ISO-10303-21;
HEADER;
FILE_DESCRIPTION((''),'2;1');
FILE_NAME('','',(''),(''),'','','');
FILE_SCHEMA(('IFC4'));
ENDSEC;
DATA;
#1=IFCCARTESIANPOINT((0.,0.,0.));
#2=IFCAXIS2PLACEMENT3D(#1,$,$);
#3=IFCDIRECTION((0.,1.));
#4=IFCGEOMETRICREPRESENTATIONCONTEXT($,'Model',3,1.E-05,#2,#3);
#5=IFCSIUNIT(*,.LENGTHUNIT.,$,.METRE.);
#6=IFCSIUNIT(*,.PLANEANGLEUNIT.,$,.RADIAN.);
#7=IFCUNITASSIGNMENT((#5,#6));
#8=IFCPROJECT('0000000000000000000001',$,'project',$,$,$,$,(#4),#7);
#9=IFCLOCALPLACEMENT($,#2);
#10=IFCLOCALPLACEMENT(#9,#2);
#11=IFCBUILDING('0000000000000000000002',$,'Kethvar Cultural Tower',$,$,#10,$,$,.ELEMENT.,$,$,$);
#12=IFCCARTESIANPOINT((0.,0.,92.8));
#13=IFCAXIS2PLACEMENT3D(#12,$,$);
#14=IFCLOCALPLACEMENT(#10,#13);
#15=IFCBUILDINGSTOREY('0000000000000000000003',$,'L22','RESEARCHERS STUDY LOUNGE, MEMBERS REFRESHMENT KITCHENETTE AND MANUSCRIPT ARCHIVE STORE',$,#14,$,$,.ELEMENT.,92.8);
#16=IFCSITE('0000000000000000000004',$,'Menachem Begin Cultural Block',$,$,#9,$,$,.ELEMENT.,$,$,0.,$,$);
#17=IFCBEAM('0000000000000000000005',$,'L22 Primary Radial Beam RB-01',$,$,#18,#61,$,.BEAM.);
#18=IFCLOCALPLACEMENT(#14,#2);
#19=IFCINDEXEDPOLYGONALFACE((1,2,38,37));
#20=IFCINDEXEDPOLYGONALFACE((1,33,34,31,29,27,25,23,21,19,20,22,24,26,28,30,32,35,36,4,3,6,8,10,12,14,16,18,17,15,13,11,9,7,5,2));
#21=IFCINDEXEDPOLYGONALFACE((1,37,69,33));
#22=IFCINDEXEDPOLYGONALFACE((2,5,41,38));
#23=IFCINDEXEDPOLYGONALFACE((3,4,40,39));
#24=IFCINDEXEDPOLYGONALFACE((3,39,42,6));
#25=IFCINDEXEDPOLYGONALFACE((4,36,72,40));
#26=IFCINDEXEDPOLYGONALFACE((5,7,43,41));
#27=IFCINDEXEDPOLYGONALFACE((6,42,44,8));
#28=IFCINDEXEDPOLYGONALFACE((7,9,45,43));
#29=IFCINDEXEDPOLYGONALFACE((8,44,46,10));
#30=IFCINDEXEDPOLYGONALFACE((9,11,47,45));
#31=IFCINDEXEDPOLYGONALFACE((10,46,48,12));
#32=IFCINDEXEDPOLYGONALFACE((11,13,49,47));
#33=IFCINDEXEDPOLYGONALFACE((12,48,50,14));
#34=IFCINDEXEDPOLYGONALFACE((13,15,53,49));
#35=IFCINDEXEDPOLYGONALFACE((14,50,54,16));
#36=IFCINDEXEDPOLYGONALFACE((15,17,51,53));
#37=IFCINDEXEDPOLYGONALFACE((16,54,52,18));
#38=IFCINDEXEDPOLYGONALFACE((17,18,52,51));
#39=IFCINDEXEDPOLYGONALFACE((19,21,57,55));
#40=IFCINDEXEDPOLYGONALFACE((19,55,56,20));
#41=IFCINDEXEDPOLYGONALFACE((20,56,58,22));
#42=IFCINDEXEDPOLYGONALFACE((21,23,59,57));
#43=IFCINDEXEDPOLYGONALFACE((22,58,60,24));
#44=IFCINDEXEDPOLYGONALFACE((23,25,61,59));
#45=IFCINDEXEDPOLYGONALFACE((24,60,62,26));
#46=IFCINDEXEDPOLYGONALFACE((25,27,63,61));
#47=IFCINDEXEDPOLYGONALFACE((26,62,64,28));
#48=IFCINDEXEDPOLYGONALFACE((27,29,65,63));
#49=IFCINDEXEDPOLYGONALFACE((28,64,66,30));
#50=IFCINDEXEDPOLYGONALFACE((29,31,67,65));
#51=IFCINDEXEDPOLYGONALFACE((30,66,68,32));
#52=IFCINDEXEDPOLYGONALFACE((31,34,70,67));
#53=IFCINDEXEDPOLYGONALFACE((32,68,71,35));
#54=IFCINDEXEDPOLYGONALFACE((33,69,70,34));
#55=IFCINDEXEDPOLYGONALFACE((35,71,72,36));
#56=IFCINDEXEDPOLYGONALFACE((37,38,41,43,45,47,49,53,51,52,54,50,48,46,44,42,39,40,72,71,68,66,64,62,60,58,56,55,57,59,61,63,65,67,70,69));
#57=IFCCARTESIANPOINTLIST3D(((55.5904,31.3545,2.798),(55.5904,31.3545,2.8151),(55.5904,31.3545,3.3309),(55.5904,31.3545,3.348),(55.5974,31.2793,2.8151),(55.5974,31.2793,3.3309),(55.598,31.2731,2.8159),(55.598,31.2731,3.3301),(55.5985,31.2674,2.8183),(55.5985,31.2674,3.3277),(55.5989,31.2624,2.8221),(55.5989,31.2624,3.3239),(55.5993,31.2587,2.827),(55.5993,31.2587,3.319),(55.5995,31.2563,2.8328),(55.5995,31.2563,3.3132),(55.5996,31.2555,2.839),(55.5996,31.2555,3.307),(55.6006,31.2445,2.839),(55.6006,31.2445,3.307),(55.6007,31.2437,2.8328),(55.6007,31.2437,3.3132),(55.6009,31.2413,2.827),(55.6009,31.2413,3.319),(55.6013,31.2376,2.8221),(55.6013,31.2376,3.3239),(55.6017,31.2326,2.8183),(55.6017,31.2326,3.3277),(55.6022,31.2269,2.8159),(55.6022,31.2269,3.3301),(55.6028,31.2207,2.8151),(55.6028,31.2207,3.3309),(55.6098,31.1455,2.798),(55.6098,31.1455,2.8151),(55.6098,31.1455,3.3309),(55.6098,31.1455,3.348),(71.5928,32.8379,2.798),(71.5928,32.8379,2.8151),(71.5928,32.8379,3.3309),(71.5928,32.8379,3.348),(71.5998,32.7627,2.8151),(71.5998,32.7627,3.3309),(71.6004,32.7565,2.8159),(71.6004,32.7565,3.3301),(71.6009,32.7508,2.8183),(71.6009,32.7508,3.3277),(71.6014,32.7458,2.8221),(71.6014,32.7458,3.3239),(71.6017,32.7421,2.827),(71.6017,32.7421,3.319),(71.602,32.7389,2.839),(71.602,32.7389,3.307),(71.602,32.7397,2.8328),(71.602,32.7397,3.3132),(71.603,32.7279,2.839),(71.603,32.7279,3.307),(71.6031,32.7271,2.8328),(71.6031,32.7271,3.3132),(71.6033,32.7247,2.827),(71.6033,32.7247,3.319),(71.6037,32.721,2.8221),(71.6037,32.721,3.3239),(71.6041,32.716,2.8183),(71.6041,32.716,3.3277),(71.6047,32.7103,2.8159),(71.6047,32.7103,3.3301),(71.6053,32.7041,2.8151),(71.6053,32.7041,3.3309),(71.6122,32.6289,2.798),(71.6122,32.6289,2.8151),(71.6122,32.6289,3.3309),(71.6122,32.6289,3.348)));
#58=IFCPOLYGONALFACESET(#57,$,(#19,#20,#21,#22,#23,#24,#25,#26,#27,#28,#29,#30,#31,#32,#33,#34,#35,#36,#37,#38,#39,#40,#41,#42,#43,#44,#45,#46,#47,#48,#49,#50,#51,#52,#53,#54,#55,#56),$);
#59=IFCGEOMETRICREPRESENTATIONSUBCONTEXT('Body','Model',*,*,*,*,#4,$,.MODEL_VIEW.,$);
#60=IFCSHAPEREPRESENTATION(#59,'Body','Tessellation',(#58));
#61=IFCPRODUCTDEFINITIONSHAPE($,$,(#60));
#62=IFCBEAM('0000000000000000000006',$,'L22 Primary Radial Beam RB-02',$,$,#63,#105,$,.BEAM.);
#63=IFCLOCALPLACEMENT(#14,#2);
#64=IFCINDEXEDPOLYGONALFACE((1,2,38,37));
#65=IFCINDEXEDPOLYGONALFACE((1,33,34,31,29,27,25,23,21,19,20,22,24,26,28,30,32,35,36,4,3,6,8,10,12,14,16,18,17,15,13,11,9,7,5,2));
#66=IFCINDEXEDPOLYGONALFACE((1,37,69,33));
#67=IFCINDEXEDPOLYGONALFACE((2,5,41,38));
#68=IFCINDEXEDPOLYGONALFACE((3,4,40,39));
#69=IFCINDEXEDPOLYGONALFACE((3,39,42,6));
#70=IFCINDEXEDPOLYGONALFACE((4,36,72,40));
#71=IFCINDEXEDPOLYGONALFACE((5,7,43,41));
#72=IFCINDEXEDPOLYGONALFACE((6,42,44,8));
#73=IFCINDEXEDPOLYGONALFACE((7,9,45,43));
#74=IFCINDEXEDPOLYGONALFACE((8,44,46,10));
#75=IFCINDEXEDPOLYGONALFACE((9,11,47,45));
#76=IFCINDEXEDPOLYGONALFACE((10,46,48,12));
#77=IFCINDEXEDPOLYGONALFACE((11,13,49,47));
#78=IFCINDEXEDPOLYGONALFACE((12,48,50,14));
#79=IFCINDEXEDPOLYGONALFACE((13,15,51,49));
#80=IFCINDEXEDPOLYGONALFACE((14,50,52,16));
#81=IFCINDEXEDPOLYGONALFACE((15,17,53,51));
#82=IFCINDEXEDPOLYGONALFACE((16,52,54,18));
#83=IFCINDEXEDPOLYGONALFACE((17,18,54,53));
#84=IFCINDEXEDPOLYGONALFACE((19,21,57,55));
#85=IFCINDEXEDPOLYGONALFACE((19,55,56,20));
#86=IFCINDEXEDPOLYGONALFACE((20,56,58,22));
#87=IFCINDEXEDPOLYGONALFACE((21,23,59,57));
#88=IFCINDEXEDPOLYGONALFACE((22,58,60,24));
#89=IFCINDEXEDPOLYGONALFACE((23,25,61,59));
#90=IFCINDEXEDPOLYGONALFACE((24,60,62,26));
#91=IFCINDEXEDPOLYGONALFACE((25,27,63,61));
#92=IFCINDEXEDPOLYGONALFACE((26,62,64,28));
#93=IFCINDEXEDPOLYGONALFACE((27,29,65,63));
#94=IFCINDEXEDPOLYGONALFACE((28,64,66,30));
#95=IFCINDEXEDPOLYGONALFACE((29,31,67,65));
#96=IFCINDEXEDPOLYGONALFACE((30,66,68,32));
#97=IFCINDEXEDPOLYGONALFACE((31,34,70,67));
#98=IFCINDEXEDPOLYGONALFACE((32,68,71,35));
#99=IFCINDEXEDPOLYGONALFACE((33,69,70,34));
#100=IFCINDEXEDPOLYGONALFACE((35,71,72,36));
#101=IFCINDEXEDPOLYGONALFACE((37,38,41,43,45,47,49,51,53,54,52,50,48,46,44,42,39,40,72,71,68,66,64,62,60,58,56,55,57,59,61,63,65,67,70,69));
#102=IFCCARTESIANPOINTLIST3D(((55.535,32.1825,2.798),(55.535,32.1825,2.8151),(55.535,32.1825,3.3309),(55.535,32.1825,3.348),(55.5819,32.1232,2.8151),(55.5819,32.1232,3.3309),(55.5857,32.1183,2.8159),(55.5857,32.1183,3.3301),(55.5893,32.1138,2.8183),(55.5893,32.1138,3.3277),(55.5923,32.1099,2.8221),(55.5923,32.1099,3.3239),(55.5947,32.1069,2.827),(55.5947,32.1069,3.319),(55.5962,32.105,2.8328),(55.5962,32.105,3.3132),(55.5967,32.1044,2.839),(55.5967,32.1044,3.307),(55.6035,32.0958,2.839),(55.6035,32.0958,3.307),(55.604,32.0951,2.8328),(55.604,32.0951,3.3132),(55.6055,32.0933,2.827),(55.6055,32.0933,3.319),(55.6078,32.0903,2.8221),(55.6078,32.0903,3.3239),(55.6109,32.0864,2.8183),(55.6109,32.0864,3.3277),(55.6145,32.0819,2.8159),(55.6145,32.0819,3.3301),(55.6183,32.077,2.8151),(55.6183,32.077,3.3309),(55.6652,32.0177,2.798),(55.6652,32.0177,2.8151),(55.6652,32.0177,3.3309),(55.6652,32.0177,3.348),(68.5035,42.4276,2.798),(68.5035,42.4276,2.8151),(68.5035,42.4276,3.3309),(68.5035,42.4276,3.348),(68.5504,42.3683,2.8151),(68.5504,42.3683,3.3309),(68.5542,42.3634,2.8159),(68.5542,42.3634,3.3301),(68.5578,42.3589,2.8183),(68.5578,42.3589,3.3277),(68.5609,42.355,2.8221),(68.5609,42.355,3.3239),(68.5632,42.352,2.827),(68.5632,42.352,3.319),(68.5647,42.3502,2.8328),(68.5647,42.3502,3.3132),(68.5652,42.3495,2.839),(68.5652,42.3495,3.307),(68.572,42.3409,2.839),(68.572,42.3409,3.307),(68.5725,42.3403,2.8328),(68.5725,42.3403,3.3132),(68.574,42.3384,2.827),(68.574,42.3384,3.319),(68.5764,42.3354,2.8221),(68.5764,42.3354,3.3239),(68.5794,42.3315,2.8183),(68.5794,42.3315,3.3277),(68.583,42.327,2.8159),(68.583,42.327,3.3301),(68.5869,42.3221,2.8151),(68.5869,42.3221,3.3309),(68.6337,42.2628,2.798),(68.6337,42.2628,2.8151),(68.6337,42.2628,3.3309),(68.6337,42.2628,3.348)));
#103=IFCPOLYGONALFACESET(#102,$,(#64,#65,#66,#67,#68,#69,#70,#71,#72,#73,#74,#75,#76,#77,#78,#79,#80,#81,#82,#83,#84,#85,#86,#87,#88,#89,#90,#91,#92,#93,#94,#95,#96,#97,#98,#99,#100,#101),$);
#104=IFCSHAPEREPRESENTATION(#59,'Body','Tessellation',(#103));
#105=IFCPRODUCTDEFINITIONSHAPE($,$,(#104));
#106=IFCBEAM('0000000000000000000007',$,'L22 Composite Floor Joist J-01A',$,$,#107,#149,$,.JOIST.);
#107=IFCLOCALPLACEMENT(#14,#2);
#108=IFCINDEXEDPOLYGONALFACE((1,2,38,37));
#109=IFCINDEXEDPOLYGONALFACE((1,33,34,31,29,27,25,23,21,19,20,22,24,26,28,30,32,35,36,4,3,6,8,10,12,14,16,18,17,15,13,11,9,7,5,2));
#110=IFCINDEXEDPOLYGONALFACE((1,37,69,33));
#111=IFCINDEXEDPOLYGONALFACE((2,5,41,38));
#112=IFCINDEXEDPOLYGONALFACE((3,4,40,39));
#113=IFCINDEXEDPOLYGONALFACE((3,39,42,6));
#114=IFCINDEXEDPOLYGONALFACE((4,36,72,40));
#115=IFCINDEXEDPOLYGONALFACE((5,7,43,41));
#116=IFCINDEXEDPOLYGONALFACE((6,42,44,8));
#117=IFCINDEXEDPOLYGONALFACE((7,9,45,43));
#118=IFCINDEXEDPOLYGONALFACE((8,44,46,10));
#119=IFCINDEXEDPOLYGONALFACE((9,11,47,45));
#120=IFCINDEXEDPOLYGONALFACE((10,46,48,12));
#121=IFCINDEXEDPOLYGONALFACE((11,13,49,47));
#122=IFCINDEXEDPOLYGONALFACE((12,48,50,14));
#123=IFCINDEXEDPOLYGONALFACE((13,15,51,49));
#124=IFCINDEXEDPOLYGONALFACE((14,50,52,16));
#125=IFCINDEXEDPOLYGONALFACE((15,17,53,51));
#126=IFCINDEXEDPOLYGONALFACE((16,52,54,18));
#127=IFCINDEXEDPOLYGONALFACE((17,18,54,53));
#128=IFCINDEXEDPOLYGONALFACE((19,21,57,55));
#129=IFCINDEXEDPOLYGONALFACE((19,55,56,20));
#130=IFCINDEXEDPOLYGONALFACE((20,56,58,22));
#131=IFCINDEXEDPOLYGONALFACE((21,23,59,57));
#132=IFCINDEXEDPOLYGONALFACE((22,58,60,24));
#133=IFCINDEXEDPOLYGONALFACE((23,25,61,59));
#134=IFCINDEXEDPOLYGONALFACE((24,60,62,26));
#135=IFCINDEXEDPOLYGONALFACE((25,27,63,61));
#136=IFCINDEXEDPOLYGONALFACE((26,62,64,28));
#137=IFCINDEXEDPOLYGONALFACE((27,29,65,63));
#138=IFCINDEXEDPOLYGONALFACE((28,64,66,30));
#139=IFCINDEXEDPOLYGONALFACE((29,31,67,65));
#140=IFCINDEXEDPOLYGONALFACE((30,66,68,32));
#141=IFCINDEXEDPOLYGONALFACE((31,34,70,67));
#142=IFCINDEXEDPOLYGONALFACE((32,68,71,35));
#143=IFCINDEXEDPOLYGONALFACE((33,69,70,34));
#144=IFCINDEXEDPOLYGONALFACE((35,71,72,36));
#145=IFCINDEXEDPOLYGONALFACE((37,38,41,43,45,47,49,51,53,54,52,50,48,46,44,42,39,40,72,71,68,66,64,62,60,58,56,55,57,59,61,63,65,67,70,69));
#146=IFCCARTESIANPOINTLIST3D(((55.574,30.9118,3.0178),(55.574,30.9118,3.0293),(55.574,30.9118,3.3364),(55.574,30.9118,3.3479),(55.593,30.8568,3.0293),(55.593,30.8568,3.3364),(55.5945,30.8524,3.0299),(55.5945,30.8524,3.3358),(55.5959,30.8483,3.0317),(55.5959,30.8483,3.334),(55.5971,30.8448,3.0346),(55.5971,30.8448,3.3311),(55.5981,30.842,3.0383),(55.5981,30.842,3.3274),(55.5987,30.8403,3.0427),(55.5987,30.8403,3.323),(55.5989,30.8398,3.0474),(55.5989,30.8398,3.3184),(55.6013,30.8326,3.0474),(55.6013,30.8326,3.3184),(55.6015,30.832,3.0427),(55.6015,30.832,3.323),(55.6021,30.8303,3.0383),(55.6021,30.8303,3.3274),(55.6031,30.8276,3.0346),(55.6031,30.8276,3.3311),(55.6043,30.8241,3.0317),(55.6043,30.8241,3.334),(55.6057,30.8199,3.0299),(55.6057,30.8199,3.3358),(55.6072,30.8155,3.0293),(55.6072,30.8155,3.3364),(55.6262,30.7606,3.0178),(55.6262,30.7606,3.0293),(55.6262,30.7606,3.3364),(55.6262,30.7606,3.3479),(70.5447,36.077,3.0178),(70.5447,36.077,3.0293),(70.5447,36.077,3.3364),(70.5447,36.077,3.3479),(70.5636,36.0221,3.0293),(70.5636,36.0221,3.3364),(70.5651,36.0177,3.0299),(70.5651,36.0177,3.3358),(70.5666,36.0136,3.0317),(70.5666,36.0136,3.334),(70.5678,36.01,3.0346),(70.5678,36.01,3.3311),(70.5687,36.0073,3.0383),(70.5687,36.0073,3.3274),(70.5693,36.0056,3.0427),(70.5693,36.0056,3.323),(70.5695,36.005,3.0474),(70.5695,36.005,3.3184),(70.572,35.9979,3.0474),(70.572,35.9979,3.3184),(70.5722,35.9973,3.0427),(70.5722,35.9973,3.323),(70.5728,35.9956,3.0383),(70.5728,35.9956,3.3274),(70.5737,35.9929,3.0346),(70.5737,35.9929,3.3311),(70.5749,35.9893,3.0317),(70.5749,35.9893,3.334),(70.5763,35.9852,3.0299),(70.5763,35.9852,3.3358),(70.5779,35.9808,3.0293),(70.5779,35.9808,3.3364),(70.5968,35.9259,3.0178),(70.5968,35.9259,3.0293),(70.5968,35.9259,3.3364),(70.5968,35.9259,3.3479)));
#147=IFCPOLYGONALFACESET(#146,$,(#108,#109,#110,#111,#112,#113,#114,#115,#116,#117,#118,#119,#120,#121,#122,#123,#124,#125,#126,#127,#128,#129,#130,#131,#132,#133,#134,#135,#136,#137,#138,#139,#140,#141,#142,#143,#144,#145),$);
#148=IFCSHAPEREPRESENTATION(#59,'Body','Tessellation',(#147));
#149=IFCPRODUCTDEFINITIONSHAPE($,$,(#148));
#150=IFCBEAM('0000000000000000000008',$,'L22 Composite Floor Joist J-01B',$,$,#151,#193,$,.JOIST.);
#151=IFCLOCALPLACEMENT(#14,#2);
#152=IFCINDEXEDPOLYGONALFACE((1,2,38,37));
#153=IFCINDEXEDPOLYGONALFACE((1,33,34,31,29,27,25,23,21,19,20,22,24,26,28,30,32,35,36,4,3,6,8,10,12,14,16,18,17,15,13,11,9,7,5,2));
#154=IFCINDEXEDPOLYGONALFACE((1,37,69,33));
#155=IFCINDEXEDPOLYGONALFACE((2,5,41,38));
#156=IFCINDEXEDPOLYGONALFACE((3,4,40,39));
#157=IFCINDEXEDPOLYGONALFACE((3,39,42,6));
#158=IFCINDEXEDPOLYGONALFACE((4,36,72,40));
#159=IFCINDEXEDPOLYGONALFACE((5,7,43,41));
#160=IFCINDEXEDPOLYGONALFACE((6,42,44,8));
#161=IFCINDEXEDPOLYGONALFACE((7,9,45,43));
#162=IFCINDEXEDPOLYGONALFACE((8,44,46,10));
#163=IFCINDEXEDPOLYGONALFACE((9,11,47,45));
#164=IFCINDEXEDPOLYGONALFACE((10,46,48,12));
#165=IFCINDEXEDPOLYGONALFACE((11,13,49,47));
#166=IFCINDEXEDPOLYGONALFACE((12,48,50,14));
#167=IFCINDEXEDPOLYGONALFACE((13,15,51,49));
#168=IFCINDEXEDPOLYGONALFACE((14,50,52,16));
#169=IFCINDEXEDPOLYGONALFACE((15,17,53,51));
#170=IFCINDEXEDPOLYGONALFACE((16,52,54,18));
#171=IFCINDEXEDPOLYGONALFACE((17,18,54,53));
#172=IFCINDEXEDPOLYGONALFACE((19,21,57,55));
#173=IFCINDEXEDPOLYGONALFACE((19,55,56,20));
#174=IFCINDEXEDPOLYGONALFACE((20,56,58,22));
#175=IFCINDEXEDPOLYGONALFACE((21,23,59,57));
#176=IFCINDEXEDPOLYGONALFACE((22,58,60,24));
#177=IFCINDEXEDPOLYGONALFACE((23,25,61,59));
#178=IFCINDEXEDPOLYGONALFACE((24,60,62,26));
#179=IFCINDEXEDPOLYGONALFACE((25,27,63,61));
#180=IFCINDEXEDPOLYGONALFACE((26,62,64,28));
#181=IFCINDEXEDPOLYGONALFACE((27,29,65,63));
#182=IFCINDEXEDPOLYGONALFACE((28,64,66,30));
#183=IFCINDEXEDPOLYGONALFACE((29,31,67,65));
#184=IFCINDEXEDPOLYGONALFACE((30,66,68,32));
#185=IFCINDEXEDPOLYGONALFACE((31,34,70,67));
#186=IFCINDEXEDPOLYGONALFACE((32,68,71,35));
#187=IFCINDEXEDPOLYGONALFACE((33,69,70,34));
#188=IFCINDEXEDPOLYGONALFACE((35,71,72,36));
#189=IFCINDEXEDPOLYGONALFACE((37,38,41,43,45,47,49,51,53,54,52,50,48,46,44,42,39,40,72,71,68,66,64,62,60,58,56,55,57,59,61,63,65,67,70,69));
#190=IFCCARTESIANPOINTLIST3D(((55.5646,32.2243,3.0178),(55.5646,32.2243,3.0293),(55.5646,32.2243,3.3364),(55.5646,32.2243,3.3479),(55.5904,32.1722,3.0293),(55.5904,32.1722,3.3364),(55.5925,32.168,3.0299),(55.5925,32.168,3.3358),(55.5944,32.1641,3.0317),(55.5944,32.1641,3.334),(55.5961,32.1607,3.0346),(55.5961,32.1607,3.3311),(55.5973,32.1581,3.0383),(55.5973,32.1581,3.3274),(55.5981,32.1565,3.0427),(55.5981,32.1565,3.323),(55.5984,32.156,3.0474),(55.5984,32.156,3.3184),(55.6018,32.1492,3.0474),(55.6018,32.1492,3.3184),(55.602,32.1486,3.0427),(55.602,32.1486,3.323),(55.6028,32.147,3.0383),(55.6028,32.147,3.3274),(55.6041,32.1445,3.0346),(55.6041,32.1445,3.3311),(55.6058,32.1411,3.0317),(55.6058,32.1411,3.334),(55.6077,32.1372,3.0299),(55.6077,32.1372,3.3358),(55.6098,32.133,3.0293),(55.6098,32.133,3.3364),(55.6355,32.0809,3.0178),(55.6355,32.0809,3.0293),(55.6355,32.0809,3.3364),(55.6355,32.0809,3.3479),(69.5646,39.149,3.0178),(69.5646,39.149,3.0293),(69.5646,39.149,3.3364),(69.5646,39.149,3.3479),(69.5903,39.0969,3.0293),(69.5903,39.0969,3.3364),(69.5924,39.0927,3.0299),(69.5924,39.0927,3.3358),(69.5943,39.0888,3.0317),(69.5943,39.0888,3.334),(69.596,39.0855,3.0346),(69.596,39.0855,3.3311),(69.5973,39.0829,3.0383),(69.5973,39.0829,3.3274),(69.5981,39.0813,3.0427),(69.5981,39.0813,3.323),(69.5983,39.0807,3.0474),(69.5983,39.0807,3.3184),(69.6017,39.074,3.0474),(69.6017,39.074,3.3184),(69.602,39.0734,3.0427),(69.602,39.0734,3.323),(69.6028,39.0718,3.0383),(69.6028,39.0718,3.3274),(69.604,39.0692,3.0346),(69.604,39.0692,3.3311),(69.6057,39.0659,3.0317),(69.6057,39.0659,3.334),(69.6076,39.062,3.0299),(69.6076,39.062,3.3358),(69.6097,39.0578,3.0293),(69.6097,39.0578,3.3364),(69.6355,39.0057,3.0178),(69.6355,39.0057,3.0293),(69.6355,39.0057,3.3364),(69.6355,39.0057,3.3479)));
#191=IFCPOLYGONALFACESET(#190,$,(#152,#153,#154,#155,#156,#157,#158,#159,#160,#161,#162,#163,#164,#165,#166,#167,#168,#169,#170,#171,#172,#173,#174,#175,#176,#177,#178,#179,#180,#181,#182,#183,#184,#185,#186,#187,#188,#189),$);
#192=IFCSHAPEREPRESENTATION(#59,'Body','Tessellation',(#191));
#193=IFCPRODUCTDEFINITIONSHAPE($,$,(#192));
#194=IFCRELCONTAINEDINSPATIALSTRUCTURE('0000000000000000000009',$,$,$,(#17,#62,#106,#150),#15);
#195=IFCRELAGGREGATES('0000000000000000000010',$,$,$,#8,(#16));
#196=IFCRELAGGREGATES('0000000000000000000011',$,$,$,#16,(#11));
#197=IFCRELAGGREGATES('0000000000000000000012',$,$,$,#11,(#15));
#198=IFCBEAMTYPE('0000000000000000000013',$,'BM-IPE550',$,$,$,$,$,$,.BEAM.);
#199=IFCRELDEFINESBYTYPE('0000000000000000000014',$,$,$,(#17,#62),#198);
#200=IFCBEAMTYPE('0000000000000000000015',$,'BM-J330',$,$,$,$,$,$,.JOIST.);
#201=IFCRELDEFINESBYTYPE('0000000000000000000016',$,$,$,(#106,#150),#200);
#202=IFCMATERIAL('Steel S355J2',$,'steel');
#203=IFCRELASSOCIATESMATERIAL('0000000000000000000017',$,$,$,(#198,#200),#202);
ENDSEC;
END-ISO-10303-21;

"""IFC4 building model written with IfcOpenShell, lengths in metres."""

from ifc_helpers import new_model, si_unit, direction, frame, origin, origin_2d, place, context, subcontext, project, spatial, i_section, extrude, source, transform, mapped, material, material_profile, profile_set, type_object, element, save


model = new_model("IFC4")

# Units and contexts
model_context = context("Model", 3, precision=1e-05, world=origin(), true_north=direction((0.0, 1.0)))
body_context = subcontext(model_context, "Body", "Model", "MODEL_VIEW")
ifc_project = project(units=[si_unit("LENGTHUNIT", "METRE"), si_unit("PLANEANGLEUNIT", "RADIAN")], contexts=[model_context])

# Site, building, storey
site_placement = place(None, origin())
site = spatial("IfcSite", under=ifc_project, at=site_placement, Name="Menachem Begin Cultural Block", CompositionType="ELEMENT", RefElevation=0.0)
building_placement = place(site_placement, origin())
building = spatial("IfcBuilding", under=site, at=building_placement, Name="Kethvar Cultural Tower", CompositionType="ELEMENT")
storey_placement = place(building_placement, frame((0.0, 0.0, 92.8)))
storey = spatial("IfcBuildingStorey", under=building, at=storey_placement, Name="L22", Description="RESEARCHERS STUDY LOUNGE, MEMBERS REFRESHMENT KITCHENETTE AND MANUSCRIPT ARCHIVE STORE", CompositionType="ELEMENT", Elevation=92.8)

# Beams
ifc_material_1 = material(Name="Steel S355J2", Category="steel")
ifc_material_profile_1 = material_profile(ifc_material_1, i_section(OverallWidth=0.21, OverallDepth=0.55, WebThickness=0.011, FlangeThickness=0.0171, FilletRadius=0.0239, at=origin_2d()), Name="Steel S355J2 — IPE550")
ifc_profile_set_1 = profile_set([ifc_material_profile_1], Name="Steel S355J2 — IPE550")
beam_type_1 = type_object("IfcBeamType", Name="BM-IPE550", PredefinedType="BEAM", material=ifc_profile_set_1)
shared_shape_1 = source(origin(), body_context, "Body", "SweptSolid", [
    extrude(i_section(OverallWidth=0.21, OverallDepth=0.55, WebThickness=0.011, FlangeThickness=0.0171, FilletRadius=0.0239, at=origin_2d()), origin(), (0.0, 0.0, 1.0), 16.071),
])
beam_1_placement = place(storey_placement, frame((55.6001, 31.25, 3.073), z_axis=(0.995731, 0.092303, 0.0), x_axis=(-0.092303, 0.995731, 0.0)))
element("IfcBeam", 1, at=beam_1_placement, inside=storey, type_object=beam_type_1, Name="L22 Primary Radial Beam RB-01", PredefinedType="BEAM", context=body_context, shape_type="MappedRepresentation", body=[
    mapped(shared_shape_1, transform((0.0, 0.0, 0.0), scale=1.0)),
])
shared_shape_2 = source(origin(), body_context, "Body", "SweptSolid", [
    extrude(i_section(OverallWidth=0.21, OverallDepth=0.55, WebThickness=0.011, FlangeThickness=0.0171, FilletRadius=0.0239, at=origin_2d()), origin(), (0.0, 0.0, 1.0), 16.5271),
])
beam_2_placement = place(storey_placement, frame((55.6001, 32.1001, 3.073), z_axis=(0.784682, 0.619899, 0.0), x_axis=(-0.619899, 0.784682, 0.0)))
element("IfcBeam", 2, at=beam_2_placement, inside=storey, type_object=beam_type_1, Name="L22 Primary Radial Beam RB-02", PredefinedType="BEAM", context=body_context, shape_type="MappedRepresentation", body=[
    mapped(shared_shape_2, transform((0.0, 0.0, 0.0), scale=1.0)),
])
ifc_material_profile_2 = material_profile(ifc_material_1, i_section(OverallWidth=0.1599, OverallDepth=0.3301, WebThickness=0.0076, FlangeThickness=0.0115, FilletRadius=0.0181, at=origin_2d()), Name="Steel S355J2 — IPE330")
ifc_profile_set_2 = profile_set([ifc_material_profile_2], Name="Steel S355J2 — IPE330")
beam_type_2 = type_object("IfcBeamType", Name="BM-J330", PredefinedType="JOIST", material=ifc_profile_set_2)
shared_shape_3 = source(origin(), body_context, "Body", "SweptSolid", [
    extrude(i_section(OverallWidth=0.1599, OverallDepth=0.3301, WebThickness=0.0076, FlangeThickness=0.0115, FilletRadius=0.0181, at=origin_2d()), origin(), (0.0, 0.0, 1.0), 15.8367),
])
beam_3_placement = place(storey_placement, frame((55.6001, 30.8362, 3.1829), z_axis=(0.945315, 0.326158, 0.0), x_axis=(-0.326158, 0.945315, 0.0)))
element("IfcBeam", 3, at=beam_3_placement, inside=storey, type_object=beam_type_2, Name="L22 Composite Floor Joist J-01A", PredefinedType="JOIST", context=body_context, shape_type="MappedRepresentation", body=[
    mapped(shared_shape_3, transform((0.0, 0.0, 0.0), scale=1.0)),
])
shared_shape_4 = source(origin(), body_context, "Body", "SweptSolid", [
    extrude(i_section(OverallWidth=0.1599, OverallDepth=0.3301, WebThickness=0.0076, FlangeThickness=0.0115, FilletRadius=0.0181, at=origin_2d()), origin(), (0.0, 0.0, 1.0), 15.6189),
])
beam_4_placement = place(storey_placement, frame((55.6001, 32.1526, 3.1829), z_axis=(0.896345, 0.443358, 0.0), x_axis=(-0.443358, 0.896345, 0.0)))
element("IfcBeam", 4, at=beam_4_placement, inside=storey, type_object=beam_type_2, Name="L22 Composite Floor Joist J-01B", PredefinedType="JOIST", context=body_context, shape_type="MappedRepresentation", body=[
    mapped(shared_shape_4, transform((0.0, 0.0, 0.0), scale=1.0)),
])

save(model, "model.ifc")
